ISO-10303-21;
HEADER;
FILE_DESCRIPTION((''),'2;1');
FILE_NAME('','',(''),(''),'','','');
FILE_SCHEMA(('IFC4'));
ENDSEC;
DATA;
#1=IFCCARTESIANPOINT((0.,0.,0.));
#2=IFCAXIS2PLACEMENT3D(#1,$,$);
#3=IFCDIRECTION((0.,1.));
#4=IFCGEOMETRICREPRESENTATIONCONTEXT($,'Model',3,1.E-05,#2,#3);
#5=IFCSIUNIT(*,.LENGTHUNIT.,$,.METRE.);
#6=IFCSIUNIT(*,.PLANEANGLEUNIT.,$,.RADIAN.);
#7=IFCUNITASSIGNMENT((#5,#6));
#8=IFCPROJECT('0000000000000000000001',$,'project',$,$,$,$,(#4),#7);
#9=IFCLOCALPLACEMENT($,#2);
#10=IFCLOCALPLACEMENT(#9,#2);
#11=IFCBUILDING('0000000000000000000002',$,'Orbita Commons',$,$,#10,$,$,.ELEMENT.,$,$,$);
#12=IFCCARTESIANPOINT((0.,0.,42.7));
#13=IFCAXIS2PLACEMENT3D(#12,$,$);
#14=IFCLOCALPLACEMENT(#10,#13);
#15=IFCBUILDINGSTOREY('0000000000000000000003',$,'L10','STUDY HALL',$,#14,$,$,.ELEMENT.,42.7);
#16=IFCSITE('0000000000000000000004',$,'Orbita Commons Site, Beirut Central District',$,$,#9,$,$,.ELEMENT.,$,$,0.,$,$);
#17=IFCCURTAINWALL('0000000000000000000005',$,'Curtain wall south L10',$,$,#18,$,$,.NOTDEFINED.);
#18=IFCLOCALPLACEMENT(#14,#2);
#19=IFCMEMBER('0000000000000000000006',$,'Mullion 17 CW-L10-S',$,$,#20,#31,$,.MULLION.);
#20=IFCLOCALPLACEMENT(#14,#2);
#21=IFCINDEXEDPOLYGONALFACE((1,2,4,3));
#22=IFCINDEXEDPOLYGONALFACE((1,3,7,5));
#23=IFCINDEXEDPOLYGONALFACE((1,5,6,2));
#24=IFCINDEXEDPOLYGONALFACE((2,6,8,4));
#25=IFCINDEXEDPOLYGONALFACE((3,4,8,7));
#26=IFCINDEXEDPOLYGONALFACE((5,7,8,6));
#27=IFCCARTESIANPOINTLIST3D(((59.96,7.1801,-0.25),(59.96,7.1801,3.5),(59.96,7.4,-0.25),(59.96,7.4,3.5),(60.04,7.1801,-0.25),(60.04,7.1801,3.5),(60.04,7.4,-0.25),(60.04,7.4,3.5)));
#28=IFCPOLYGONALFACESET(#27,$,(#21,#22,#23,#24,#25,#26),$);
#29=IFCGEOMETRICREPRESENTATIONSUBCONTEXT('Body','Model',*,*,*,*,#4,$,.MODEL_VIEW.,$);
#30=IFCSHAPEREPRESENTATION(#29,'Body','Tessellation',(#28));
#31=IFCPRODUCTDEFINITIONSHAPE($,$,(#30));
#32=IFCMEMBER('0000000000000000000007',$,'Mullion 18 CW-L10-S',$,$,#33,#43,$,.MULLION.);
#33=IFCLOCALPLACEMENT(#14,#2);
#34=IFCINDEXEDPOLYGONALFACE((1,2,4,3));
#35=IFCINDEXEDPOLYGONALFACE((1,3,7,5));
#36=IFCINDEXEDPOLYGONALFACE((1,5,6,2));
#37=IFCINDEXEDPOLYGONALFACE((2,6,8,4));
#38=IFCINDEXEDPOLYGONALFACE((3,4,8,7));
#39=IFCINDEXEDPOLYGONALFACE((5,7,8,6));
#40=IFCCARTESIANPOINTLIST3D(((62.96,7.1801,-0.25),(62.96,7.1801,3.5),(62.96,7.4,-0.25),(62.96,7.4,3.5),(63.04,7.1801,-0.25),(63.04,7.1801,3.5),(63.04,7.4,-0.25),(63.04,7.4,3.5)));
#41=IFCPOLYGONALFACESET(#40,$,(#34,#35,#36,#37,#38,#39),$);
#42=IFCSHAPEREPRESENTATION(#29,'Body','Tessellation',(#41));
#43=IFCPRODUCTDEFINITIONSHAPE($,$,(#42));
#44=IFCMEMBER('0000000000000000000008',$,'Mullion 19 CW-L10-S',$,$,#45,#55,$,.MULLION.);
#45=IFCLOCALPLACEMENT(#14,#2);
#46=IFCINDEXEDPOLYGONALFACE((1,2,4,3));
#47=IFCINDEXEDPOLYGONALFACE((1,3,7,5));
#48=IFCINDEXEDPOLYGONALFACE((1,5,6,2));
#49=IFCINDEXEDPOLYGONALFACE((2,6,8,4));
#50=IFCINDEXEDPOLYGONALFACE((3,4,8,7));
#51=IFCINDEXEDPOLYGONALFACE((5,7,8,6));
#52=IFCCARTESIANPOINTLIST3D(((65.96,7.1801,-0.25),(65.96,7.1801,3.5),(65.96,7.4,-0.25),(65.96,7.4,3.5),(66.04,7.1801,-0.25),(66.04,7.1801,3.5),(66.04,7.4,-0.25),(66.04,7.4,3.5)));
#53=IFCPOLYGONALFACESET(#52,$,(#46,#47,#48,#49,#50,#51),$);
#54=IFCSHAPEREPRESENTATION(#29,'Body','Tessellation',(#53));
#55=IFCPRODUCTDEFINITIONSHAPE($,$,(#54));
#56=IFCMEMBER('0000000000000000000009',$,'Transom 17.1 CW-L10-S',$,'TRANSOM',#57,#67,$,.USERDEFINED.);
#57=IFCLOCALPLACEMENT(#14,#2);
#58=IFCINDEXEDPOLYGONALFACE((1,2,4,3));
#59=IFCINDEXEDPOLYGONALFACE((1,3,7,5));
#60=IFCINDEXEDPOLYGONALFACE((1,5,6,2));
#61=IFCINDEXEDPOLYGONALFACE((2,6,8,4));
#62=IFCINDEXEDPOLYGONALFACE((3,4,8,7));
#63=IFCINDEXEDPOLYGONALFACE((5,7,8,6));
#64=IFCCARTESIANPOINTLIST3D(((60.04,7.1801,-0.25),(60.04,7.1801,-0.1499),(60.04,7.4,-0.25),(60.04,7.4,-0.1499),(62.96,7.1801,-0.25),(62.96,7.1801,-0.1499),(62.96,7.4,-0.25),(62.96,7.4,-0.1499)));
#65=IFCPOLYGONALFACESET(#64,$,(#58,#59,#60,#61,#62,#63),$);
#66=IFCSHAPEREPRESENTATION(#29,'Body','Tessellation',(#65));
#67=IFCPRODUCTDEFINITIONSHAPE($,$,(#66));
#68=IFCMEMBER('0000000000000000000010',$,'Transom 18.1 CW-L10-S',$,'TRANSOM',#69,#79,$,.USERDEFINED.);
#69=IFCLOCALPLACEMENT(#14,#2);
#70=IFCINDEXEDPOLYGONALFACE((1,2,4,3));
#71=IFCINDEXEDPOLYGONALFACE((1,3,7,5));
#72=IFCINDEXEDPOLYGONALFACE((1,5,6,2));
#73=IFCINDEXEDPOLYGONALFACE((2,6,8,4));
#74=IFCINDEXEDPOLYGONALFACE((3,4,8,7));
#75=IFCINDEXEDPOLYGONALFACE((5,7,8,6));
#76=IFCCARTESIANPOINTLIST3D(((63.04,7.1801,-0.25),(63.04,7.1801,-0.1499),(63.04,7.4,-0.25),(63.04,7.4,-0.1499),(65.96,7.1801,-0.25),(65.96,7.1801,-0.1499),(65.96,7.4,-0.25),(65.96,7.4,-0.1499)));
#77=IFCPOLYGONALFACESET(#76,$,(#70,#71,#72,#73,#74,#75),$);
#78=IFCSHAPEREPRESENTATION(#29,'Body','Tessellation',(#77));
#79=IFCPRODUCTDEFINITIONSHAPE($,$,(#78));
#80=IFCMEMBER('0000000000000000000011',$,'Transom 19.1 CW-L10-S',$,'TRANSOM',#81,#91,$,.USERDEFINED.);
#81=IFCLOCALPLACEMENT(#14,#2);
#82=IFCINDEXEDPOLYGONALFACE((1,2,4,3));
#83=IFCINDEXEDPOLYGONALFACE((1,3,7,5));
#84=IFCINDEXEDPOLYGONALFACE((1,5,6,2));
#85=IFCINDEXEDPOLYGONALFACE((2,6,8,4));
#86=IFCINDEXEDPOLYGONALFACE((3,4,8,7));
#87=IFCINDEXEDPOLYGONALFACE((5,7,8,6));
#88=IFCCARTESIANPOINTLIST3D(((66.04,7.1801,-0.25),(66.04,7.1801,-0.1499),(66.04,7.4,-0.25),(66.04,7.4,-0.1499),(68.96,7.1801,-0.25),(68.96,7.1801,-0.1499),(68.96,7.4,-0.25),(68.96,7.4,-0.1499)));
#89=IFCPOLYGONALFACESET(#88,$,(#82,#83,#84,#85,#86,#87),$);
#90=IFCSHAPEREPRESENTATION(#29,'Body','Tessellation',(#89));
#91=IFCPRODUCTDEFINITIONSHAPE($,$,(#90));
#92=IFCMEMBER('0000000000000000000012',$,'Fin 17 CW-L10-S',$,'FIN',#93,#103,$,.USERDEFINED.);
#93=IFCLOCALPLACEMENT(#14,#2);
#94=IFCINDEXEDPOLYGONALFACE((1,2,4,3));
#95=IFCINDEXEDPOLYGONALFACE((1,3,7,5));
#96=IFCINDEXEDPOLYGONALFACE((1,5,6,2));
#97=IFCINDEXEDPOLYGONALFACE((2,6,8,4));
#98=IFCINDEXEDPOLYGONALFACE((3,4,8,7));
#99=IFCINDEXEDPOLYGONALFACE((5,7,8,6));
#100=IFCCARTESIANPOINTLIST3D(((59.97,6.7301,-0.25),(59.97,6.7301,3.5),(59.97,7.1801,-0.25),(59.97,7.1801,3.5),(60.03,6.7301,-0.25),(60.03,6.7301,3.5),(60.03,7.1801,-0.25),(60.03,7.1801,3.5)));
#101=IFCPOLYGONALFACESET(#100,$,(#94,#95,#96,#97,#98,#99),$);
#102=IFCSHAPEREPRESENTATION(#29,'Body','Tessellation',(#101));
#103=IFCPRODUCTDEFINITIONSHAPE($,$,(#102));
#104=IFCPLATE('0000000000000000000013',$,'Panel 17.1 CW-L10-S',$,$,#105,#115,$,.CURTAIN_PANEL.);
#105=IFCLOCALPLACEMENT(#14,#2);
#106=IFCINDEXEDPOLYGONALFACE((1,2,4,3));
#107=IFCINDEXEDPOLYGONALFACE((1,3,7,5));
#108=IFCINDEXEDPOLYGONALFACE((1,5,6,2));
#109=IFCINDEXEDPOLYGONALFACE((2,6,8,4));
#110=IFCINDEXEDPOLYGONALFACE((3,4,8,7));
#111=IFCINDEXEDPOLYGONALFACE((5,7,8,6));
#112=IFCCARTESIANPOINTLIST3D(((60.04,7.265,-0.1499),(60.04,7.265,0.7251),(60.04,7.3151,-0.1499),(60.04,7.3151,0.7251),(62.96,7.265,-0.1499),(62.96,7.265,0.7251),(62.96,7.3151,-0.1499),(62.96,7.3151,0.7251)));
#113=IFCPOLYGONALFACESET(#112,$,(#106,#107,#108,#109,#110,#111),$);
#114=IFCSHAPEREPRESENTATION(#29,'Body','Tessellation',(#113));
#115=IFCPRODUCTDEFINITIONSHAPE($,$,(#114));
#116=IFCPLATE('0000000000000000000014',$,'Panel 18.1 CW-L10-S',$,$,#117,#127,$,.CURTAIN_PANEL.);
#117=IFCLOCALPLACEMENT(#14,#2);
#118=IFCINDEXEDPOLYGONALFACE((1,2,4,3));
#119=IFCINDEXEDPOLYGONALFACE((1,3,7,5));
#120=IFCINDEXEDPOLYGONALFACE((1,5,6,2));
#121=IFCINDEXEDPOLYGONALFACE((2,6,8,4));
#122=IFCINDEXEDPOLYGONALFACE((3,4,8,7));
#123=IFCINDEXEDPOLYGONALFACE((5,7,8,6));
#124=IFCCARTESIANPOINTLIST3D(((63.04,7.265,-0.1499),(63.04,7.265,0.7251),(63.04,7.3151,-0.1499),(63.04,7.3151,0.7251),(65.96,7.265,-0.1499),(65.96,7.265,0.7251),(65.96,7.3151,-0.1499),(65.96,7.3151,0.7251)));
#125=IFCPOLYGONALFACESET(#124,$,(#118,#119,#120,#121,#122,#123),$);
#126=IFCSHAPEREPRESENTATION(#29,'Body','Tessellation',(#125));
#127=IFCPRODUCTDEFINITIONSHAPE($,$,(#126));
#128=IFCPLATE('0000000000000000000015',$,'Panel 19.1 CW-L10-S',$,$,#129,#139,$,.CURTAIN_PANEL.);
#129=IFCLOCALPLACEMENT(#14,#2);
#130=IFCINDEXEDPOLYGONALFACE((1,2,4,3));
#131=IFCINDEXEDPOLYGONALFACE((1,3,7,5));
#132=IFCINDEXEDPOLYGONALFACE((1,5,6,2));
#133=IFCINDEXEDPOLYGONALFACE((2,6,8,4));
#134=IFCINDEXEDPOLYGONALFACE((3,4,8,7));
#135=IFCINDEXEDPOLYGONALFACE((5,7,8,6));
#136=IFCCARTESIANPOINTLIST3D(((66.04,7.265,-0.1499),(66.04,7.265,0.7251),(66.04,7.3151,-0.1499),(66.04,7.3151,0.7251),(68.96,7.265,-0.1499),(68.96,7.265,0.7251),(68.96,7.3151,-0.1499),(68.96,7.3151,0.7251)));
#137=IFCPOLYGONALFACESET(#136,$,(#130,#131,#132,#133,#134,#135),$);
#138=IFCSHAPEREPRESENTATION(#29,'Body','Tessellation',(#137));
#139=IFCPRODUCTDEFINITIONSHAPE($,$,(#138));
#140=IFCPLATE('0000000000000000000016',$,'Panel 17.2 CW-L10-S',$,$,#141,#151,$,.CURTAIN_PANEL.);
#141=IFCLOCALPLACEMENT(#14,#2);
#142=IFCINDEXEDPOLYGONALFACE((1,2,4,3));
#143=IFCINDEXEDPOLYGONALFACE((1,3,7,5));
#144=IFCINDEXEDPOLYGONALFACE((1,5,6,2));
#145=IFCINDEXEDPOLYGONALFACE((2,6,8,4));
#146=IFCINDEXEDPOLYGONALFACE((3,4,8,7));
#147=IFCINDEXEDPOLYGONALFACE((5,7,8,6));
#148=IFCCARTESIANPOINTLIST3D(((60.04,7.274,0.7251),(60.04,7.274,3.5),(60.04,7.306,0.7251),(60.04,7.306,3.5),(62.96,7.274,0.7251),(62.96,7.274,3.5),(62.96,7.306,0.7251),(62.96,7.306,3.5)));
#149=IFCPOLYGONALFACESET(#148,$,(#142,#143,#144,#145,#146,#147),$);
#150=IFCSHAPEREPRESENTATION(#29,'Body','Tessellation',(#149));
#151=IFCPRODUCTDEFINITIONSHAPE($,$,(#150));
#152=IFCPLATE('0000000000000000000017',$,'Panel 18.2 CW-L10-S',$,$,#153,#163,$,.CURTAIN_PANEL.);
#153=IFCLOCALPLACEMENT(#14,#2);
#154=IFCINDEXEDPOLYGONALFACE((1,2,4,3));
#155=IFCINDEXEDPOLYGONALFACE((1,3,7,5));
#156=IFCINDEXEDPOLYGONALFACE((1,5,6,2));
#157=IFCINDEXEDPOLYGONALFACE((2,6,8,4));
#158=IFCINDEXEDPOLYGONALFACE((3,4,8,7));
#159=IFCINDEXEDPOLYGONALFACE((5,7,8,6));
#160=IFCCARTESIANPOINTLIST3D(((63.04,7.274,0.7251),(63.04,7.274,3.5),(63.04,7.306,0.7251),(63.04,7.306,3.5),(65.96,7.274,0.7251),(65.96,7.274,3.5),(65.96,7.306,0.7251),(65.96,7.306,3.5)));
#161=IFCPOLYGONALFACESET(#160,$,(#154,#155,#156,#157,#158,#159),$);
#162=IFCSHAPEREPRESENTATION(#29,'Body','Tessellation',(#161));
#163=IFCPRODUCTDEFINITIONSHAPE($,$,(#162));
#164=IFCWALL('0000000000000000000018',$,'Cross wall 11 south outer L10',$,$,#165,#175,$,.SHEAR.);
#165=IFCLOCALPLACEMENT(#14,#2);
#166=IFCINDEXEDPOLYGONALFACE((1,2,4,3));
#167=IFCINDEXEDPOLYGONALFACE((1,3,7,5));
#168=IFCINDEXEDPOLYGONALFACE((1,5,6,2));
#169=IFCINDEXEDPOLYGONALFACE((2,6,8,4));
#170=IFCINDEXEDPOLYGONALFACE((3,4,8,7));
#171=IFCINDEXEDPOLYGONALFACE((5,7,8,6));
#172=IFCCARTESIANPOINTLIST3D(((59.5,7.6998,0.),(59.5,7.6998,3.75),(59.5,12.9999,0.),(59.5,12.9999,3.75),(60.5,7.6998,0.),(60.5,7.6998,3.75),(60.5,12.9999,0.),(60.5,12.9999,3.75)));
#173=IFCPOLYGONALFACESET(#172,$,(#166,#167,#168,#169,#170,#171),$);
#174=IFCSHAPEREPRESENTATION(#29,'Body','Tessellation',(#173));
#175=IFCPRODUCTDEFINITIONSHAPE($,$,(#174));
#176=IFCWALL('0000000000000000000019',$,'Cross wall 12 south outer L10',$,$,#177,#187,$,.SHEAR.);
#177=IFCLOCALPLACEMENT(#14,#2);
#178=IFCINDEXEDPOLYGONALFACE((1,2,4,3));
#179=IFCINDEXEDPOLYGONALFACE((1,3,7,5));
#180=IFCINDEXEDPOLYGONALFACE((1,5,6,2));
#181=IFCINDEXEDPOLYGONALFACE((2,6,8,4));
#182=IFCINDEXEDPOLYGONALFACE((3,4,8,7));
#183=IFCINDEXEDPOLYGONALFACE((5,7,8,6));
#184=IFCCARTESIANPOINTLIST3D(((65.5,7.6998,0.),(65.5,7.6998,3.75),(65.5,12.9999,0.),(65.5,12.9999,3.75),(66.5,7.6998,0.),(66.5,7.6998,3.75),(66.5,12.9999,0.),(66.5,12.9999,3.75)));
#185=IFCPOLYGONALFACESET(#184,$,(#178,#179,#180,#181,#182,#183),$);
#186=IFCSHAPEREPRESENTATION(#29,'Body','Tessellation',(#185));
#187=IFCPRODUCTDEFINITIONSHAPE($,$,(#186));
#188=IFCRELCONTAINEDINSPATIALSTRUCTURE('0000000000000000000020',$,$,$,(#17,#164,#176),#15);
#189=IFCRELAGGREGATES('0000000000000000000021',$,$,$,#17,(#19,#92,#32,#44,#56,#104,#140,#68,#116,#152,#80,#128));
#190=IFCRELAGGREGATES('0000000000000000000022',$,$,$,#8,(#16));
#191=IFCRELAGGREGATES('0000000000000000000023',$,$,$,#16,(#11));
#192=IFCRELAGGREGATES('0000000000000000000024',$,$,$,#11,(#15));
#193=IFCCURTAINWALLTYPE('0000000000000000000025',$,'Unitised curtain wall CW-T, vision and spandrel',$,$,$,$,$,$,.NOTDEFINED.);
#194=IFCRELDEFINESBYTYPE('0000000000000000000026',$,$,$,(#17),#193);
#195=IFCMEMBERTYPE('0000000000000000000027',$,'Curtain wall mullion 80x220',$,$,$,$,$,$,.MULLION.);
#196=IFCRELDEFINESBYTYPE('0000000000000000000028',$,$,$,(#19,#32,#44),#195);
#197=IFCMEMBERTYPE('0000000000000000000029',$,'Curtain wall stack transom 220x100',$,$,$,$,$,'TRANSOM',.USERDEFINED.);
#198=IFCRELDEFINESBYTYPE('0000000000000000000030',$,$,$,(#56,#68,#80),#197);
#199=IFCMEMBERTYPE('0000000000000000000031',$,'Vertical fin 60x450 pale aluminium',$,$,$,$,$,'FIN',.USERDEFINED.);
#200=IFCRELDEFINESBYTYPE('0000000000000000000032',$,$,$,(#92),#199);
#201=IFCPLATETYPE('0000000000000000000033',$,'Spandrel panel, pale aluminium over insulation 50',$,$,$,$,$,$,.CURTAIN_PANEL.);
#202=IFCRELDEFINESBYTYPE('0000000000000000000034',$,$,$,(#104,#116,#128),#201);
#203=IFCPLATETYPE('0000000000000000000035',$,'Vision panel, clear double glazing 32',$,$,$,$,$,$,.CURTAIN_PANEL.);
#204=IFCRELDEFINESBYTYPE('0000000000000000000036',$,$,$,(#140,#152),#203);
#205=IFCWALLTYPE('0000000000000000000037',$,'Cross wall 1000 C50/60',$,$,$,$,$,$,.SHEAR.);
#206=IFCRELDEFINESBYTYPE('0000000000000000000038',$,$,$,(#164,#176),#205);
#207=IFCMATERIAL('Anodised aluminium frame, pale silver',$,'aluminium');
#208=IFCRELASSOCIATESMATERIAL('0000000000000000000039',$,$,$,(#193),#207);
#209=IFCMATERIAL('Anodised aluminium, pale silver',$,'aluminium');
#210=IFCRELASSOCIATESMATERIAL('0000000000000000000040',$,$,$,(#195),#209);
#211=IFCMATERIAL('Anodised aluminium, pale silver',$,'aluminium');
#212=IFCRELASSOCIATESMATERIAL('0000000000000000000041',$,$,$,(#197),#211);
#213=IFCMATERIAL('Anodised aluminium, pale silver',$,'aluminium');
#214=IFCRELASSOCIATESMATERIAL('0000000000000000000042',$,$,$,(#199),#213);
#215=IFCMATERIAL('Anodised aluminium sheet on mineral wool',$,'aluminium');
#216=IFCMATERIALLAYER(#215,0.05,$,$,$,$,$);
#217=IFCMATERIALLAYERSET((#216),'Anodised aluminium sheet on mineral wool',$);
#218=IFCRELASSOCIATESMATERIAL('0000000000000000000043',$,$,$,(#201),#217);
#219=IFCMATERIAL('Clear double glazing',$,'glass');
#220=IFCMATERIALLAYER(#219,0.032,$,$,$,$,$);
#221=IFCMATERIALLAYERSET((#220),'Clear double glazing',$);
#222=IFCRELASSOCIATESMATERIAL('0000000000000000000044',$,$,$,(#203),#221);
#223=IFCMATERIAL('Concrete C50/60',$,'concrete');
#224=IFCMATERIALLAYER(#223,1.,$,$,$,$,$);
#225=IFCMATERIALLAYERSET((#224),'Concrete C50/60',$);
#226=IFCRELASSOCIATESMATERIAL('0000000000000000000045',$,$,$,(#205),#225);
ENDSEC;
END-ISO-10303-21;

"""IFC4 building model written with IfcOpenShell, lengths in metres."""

from ifc_helpers import new_model, si_unit, direction, frame, frame_2d, origin, origin_2d, place, context, subcontext, project, spatial, rectangle, extrude, material, layer, layer_set, material_profile, profile_set, type_object, element, aggregate, save


model = new_model("IFC4")

# Units and contexts
model_context = context("Model", 3, precision=1e-05, world=origin(), true_north=direction((0.0, 1.0)))
body_context = subcontext(model_context, "Body", "Model", "MODEL_VIEW")
ifc_project = project(units=[si_unit("LENGTHUNIT", "METRE"), si_unit("PLANEANGLEUNIT", "RADIAN")], contexts=[model_context])

# Site, building, storey
site_placement = place(None, origin())
site = spatial("IfcSite", under=ifc_project, at=site_placement, Name="Orbita Commons Site, Beirut Central District", CompositionType="ELEMENT", RefElevation=0.0)
building_placement = place(site_placement, origin())
building = spatial("IfcBuilding", under=site, at=building_placement, Name="Orbita Commons", CompositionType="ELEMENT")
storey_placement = place(building_placement, frame((0.0, 0.0, 42.7)))
storey = spatial("IfcBuildingStorey", under=building, at=storey_placement, Name="L10", Description="STUDY HALL", CompositionType="ELEMENT", Elevation=42.7)

# Curtain wall, members, plates
ifc_material_1 = material(Name="Anodised aluminium frame, pale silver", Category="aluminium")
curtain_wall_type = type_object("IfcCurtainWallType", Name="Unitised curtain wall CW-T, vision and spandrel", PredefinedType="NOTDEFINED", material=ifc_material_1)
curtain_wall_placement = place(storey_placement, origin())
curtain_wall = element("IfcCurtainWall", 1, at=curtain_wall_placement, inside=storey, type_object=curtain_wall_type, Name="Curtain wall south L10", PredefinedType="NOTDEFINED")
ifc_material_2 = material(Name="Anodised aluminium, pale silver", Category="aluminium")
ifc_material_profile_1 = material_profile(ifc_material_2, rectangle(XDim=0.0801, YDim=0.22, at=origin_2d()), Name="AL 80x220")
ifc_profile_set_1 = profile_set([ifc_material_profile_1], Name="Anodised aluminium, pale silver")
member_type_1 = type_object("IfcMemberType", Name="Curtain wall mullion 80x220", PredefinedType="MULLION", material=ifc_profile_set_1)
member_1_placement = place(storey_placement, frame((60.0, 7.29, -0.25), z_axis=(0.0, 0.0, 1.0), x_axis=(1.0, 0.0, 0.0)))
member_1 = element("IfcMember", 2, at=member_1_placement, type_object=member_type_1, Name="Mullion 17 CW-L10-S", PredefinedType="MULLION", context=body_context, shape_type="SweptSolid", body=[
    extrude(rectangle(XDim=0.0801, YDim=0.22, at=origin_2d()), origin(), (0.0, 0.0, 1.0), 3.75),
])
member_2_placement = place(storey_placement, frame((63.0, 7.29, -0.25), z_axis=(0.0, 0.0, 1.0), x_axis=(1.0, 0.0, 0.0)))
member_2 = element("IfcMember", 3, at=member_2_placement, type_object=member_type_1, Name="Mullion 18 CW-L10-S", PredefinedType="MULLION", context=body_context, shape_type="SweptSolid", body=[
    extrude(rectangle(XDim=0.0801, YDim=0.22, at=origin_2d()), origin(), (0.0, 0.0, 1.0), 3.75),
])
member_3_placement = place(storey_placement, frame((66.0, 7.29, -0.25), z_axis=(0.0, 0.0, 1.0), x_axis=(1.0, 0.0, 0.0)))
member_3 = element("IfcMember", 4, at=member_3_placement, type_object=member_type_1, Name="Mullion 19 CW-L10-S", PredefinedType="MULLION", context=body_context, shape_type="SweptSolid", body=[
    extrude(rectangle(XDim=0.0801, YDim=0.22, at=origin_2d()), origin(), (0.0, 0.0, 1.0), 3.75),
])
ifc_material_3 = material(Name="Anodised aluminium, pale silver", Category="aluminium")
ifc_material_profile_2 = material_profile(ifc_material_3, rectangle(XDim=0.22, YDim=0.1001, at=origin_2d()), Name="AL 220x100")
ifc_profile_set_2 = profile_set([ifc_material_profile_2], Name="Anodised aluminium, pale silver")
member_type_2 = type_object("IfcMemberType", Name="Curtain wall stack transom 220x100", ElementType="TRANSOM", PredefinedType="USERDEFINED", material=ifc_profile_set_2)
member_4_placement = place(storey_placement, frame((60.04, 7.29, -0.2), z_axis=(1.0, 0.0, 0.0), x_axis=(0.0, 1.0, 0.0)))
member_4 = element("IfcMember", 5, at=member_4_placement, type_object=member_type_2, Name="Transom 17.1 CW-L10-S", ObjectType="TRANSOM", PredefinedType="USERDEFINED", context=body_context, shape_type="SweptSolid", body=[
    extrude(rectangle(XDim=0.22, YDim=0.1001, at=origin_2d()), origin(), (0.0, 0.0, 1.0), 2.9199),
])
member_5_placement = place(storey_placement, frame((63.04, 7.29, -0.2), z_axis=(1.0, 0.0, 0.0), x_axis=(0.0, 1.0, 0.0)))
member_5 = element("IfcMember", 6, at=member_5_placement, type_object=member_type_2, Name="Transom 18.1 CW-L10-S", ObjectType="TRANSOM", PredefinedType="USERDEFINED", context=body_context, shape_type="SweptSolid", body=[
    extrude(rectangle(XDim=0.22, YDim=0.1001, at=origin_2d()), origin(), (0.0, 0.0, 1.0), 2.9199),
])
member_6_placement = place(storey_placement, frame((66.04, 7.29, -0.2), z_axis=(1.0, 0.0, 0.0), x_axis=(0.0, 1.0, 0.0)))
member_6 = element("IfcMember", 7, at=member_6_placement, type_object=member_type_2, Name="Transom 19.1 CW-L10-S", ObjectType="TRANSOM", PredefinedType="USERDEFINED", context=body_context, shape_type="SweptSolid", body=[
    extrude(rectangle(XDim=0.22, YDim=0.1001, at=origin_2d()), origin(), (0.0, 0.0, 1.0), 2.9199),
])
ifc_material_4 = material(Name="Anodised aluminium, pale silver", Category="aluminium")
ifc_material_profile_3 = material_profile(ifc_material_4, rectangle(XDim=0.0601, YDim=0.45, at=origin_2d()), Name="FIN 60x450")
ifc_profile_set_3 = profile_set([ifc_material_profile_3], Name="Anodised aluminium, pale silver")
member_type_3 = type_object("IfcMemberType", Name="Vertical fin 60x450 pale aluminium", ElementType="FIN", PredefinedType="USERDEFINED", material=ifc_profile_set_3)
member_7_placement = place(storey_placement, frame((60.0, 6.9551, -0.25), z_axis=(0.0, 0.0, 1.0), x_axis=(1.0, 0.0, 0.0)))
member_7 = element("IfcMember", 8, at=member_7_placement, type_object=member_type_3, Name="Fin 17 CW-L10-S", ObjectType="FIN", PredefinedType="USERDEFINED", context=body_context, shape_type="SweptSolid", body=[
    extrude(rectangle(XDim=0.0601, YDim=0.45, at=origin_2d()), origin(), (0.0, 0.0, 1.0), 3.75),
])
ifc_material_5 = material(Name="Anodised aluminium sheet on mineral wool", Category="aluminium")
ifc_layer_1 = layer(ifc_material_5, 0.05)
ifc_layer_set_1 = layer_set([ifc_layer_1], Name="Anodised aluminium sheet on mineral wool")
plate_type_1 = type_object("IfcPlateType", Name="Spandrel panel, pale aluminium over insulation 50", PredefinedType="CURTAIN_PANEL", material=ifc_layer_set_1)
plate_1_placement = place(storey_placement, frame((61.5, 7.29, -0.1499), z_axis=(0.0, 0.0, 1.0), x_axis=(1.0, 0.0, 0.0)))
plate_1 = element("IfcPlate", 9, at=plate_1_placement, type_object=plate_type_1, Name="Panel 17.1 CW-L10-S", PredefinedType="CURTAIN_PANEL", context=body_context, shape_type="SweptSolid", body=[
    extrude(rectangle(XDim=2.9199, YDim=0.05, at=origin_2d()), origin(), (0.0, 0.0, 1.0), 0.875),
])
plate_2_placement = place(storey_placement, frame((64.5, 7.29, -0.1499), z_axis=(0.0, 0.0, 1.0), x_axis=(1.0, 0.0, 0.0)))
plate_2 = element("IfcPlate", 10, at=plate_2_placement, type_object=plate_type_1, Name="Panel 18.1 CW-L10-S", PredefinedType="CURTAIN_PANEL", context=body_context, shape_type="SweptSolid", body=[
    extrude(rectangle(XDim=2.9199, YDim=0.05, at=origin_2d()), origin(), (0.0, 0.0, 1.0), 0.875),
])
plate_3_placement = place(storey_placement, frame((67.5, 7.29, -0.1499), z_axis=(0.0, 0.0, 1.0), x_axis=(1.0, 0.0, 0.0)))
plate_3 = element("IfcPlate", 11, at=plate_3_placement, type_object=plate_type_1, Name="Panel 19.1 CW-L10-S", PredefinedType="CURTAIN_PANEL", context=body_context, shape_type="SweptSolid", body=[
    extrude(rectangle(XDim=2.9199, YDim=0.05, at=origin_2d()), origin(), (0.0, 0.0, 1.0), 0.875),
])
ifc_material_6 = material(Name="Clear double glazing", Category="glass")
ifc_layer_2 = layer(ifc_material_6, 0.032)
ifc_layer_set_2 = layer_set([ifc_layer_2], Name="Clear double glazing")
plate_type_2 = type_object("IfcPlateType", Name="Vision panel, clear double glazing 32", PredefinedType="CURTAIN_PANEL", material=ifc_layer_set_2)
plate_4_placement = place(storey_placement, frame((61.5, 7.29, 0.7251), z_axis=(0.0, 0.0, 1.0), x_axis=(1.0, 0.0, 0.0)))
plate_4 = element("IfcPlate", 12, at=plate_4_placement, type_object=plate_type_2, Name="Panel 17.2 CW-L10-S", PredefinedType="CURTAIN_PANEL", context=body_context, shape_type="SweptSolid", body=[
    extrude(rectangle(XDim=2.9199, YDim=0.032, at=origin_2d()), origin(), (0.0, 0.0, 1.0), 2.7749),
])
plate_5_placement = place(storey_placement, frame((64.5, 7.29, 0.7251), z_axis=(0.0, 0.0, 1.0), x_axis=(1.0, 0.0, 0.0)))
plate_5 = element("IfcPlate", 13, at=plate_5_placement, type_object=plate_type_2, Name="Panel 18.2 CW-L10-S", PredefinedType="CURTAIN_PANEL", context=body_context, shape_type="SweptSolid", body=[
    extrude(rectangle(XDim=2.9199, YDim=0.032, at=origin_2d()), origin(), (0.0, 0.0, 1.0), 2.7749),
])
aggregate(curtain_wall, [member_1, member_7, member_2, member_3, member_4, plate_1, plate_4, member_5, plate_2, plate_5, member_6, plate_3])

# Walls
ifc_material_7 = material(Name="Concrete C50/60", Category="concrete")
ifc_layer_3 = layer(ifc_material_7, 1.0)
ifc_layer_set_3 = layer_set([ifc_layer_3], Name="Concrete C50/60")
wall_type_1 = type_object("IfcWallType", Name="Cross wall 1000 C50/60", PredefinedType="SHEAR", material=ifc_layer_set_3)
for number, where, z_axis, x_axis, name in (
    (14, (60.0, 7.7, 0.0), (0.0, 0.0, 1.0), (0.0, 1.0, 0.0), "Cross wall 11 south outer L10"),
    (15, (66.0, 7.7, 0.0), (0.0, 0.0, 1.0), (0.0, 1.0, 0.0), "Cross wall 12 south outer L10"),
):
    element("IfcWall", number, at=place(storey_placement, frame(where, z_axis=z_axis, x_axis=x_axis)), inside=storey, type_object=wall_type_1, Name=name, PredefinedType="SHEAR", context=body_context, shape_type="SweptSolid", body=[
        extrude(rectangle(XDim=5.3, YDim=1.0, at=frame_2d((2.6499, 0.0))), origin(), (0.0, 0.0, 1.0), 3.75),
    ])

save(model, "model.ifc")
